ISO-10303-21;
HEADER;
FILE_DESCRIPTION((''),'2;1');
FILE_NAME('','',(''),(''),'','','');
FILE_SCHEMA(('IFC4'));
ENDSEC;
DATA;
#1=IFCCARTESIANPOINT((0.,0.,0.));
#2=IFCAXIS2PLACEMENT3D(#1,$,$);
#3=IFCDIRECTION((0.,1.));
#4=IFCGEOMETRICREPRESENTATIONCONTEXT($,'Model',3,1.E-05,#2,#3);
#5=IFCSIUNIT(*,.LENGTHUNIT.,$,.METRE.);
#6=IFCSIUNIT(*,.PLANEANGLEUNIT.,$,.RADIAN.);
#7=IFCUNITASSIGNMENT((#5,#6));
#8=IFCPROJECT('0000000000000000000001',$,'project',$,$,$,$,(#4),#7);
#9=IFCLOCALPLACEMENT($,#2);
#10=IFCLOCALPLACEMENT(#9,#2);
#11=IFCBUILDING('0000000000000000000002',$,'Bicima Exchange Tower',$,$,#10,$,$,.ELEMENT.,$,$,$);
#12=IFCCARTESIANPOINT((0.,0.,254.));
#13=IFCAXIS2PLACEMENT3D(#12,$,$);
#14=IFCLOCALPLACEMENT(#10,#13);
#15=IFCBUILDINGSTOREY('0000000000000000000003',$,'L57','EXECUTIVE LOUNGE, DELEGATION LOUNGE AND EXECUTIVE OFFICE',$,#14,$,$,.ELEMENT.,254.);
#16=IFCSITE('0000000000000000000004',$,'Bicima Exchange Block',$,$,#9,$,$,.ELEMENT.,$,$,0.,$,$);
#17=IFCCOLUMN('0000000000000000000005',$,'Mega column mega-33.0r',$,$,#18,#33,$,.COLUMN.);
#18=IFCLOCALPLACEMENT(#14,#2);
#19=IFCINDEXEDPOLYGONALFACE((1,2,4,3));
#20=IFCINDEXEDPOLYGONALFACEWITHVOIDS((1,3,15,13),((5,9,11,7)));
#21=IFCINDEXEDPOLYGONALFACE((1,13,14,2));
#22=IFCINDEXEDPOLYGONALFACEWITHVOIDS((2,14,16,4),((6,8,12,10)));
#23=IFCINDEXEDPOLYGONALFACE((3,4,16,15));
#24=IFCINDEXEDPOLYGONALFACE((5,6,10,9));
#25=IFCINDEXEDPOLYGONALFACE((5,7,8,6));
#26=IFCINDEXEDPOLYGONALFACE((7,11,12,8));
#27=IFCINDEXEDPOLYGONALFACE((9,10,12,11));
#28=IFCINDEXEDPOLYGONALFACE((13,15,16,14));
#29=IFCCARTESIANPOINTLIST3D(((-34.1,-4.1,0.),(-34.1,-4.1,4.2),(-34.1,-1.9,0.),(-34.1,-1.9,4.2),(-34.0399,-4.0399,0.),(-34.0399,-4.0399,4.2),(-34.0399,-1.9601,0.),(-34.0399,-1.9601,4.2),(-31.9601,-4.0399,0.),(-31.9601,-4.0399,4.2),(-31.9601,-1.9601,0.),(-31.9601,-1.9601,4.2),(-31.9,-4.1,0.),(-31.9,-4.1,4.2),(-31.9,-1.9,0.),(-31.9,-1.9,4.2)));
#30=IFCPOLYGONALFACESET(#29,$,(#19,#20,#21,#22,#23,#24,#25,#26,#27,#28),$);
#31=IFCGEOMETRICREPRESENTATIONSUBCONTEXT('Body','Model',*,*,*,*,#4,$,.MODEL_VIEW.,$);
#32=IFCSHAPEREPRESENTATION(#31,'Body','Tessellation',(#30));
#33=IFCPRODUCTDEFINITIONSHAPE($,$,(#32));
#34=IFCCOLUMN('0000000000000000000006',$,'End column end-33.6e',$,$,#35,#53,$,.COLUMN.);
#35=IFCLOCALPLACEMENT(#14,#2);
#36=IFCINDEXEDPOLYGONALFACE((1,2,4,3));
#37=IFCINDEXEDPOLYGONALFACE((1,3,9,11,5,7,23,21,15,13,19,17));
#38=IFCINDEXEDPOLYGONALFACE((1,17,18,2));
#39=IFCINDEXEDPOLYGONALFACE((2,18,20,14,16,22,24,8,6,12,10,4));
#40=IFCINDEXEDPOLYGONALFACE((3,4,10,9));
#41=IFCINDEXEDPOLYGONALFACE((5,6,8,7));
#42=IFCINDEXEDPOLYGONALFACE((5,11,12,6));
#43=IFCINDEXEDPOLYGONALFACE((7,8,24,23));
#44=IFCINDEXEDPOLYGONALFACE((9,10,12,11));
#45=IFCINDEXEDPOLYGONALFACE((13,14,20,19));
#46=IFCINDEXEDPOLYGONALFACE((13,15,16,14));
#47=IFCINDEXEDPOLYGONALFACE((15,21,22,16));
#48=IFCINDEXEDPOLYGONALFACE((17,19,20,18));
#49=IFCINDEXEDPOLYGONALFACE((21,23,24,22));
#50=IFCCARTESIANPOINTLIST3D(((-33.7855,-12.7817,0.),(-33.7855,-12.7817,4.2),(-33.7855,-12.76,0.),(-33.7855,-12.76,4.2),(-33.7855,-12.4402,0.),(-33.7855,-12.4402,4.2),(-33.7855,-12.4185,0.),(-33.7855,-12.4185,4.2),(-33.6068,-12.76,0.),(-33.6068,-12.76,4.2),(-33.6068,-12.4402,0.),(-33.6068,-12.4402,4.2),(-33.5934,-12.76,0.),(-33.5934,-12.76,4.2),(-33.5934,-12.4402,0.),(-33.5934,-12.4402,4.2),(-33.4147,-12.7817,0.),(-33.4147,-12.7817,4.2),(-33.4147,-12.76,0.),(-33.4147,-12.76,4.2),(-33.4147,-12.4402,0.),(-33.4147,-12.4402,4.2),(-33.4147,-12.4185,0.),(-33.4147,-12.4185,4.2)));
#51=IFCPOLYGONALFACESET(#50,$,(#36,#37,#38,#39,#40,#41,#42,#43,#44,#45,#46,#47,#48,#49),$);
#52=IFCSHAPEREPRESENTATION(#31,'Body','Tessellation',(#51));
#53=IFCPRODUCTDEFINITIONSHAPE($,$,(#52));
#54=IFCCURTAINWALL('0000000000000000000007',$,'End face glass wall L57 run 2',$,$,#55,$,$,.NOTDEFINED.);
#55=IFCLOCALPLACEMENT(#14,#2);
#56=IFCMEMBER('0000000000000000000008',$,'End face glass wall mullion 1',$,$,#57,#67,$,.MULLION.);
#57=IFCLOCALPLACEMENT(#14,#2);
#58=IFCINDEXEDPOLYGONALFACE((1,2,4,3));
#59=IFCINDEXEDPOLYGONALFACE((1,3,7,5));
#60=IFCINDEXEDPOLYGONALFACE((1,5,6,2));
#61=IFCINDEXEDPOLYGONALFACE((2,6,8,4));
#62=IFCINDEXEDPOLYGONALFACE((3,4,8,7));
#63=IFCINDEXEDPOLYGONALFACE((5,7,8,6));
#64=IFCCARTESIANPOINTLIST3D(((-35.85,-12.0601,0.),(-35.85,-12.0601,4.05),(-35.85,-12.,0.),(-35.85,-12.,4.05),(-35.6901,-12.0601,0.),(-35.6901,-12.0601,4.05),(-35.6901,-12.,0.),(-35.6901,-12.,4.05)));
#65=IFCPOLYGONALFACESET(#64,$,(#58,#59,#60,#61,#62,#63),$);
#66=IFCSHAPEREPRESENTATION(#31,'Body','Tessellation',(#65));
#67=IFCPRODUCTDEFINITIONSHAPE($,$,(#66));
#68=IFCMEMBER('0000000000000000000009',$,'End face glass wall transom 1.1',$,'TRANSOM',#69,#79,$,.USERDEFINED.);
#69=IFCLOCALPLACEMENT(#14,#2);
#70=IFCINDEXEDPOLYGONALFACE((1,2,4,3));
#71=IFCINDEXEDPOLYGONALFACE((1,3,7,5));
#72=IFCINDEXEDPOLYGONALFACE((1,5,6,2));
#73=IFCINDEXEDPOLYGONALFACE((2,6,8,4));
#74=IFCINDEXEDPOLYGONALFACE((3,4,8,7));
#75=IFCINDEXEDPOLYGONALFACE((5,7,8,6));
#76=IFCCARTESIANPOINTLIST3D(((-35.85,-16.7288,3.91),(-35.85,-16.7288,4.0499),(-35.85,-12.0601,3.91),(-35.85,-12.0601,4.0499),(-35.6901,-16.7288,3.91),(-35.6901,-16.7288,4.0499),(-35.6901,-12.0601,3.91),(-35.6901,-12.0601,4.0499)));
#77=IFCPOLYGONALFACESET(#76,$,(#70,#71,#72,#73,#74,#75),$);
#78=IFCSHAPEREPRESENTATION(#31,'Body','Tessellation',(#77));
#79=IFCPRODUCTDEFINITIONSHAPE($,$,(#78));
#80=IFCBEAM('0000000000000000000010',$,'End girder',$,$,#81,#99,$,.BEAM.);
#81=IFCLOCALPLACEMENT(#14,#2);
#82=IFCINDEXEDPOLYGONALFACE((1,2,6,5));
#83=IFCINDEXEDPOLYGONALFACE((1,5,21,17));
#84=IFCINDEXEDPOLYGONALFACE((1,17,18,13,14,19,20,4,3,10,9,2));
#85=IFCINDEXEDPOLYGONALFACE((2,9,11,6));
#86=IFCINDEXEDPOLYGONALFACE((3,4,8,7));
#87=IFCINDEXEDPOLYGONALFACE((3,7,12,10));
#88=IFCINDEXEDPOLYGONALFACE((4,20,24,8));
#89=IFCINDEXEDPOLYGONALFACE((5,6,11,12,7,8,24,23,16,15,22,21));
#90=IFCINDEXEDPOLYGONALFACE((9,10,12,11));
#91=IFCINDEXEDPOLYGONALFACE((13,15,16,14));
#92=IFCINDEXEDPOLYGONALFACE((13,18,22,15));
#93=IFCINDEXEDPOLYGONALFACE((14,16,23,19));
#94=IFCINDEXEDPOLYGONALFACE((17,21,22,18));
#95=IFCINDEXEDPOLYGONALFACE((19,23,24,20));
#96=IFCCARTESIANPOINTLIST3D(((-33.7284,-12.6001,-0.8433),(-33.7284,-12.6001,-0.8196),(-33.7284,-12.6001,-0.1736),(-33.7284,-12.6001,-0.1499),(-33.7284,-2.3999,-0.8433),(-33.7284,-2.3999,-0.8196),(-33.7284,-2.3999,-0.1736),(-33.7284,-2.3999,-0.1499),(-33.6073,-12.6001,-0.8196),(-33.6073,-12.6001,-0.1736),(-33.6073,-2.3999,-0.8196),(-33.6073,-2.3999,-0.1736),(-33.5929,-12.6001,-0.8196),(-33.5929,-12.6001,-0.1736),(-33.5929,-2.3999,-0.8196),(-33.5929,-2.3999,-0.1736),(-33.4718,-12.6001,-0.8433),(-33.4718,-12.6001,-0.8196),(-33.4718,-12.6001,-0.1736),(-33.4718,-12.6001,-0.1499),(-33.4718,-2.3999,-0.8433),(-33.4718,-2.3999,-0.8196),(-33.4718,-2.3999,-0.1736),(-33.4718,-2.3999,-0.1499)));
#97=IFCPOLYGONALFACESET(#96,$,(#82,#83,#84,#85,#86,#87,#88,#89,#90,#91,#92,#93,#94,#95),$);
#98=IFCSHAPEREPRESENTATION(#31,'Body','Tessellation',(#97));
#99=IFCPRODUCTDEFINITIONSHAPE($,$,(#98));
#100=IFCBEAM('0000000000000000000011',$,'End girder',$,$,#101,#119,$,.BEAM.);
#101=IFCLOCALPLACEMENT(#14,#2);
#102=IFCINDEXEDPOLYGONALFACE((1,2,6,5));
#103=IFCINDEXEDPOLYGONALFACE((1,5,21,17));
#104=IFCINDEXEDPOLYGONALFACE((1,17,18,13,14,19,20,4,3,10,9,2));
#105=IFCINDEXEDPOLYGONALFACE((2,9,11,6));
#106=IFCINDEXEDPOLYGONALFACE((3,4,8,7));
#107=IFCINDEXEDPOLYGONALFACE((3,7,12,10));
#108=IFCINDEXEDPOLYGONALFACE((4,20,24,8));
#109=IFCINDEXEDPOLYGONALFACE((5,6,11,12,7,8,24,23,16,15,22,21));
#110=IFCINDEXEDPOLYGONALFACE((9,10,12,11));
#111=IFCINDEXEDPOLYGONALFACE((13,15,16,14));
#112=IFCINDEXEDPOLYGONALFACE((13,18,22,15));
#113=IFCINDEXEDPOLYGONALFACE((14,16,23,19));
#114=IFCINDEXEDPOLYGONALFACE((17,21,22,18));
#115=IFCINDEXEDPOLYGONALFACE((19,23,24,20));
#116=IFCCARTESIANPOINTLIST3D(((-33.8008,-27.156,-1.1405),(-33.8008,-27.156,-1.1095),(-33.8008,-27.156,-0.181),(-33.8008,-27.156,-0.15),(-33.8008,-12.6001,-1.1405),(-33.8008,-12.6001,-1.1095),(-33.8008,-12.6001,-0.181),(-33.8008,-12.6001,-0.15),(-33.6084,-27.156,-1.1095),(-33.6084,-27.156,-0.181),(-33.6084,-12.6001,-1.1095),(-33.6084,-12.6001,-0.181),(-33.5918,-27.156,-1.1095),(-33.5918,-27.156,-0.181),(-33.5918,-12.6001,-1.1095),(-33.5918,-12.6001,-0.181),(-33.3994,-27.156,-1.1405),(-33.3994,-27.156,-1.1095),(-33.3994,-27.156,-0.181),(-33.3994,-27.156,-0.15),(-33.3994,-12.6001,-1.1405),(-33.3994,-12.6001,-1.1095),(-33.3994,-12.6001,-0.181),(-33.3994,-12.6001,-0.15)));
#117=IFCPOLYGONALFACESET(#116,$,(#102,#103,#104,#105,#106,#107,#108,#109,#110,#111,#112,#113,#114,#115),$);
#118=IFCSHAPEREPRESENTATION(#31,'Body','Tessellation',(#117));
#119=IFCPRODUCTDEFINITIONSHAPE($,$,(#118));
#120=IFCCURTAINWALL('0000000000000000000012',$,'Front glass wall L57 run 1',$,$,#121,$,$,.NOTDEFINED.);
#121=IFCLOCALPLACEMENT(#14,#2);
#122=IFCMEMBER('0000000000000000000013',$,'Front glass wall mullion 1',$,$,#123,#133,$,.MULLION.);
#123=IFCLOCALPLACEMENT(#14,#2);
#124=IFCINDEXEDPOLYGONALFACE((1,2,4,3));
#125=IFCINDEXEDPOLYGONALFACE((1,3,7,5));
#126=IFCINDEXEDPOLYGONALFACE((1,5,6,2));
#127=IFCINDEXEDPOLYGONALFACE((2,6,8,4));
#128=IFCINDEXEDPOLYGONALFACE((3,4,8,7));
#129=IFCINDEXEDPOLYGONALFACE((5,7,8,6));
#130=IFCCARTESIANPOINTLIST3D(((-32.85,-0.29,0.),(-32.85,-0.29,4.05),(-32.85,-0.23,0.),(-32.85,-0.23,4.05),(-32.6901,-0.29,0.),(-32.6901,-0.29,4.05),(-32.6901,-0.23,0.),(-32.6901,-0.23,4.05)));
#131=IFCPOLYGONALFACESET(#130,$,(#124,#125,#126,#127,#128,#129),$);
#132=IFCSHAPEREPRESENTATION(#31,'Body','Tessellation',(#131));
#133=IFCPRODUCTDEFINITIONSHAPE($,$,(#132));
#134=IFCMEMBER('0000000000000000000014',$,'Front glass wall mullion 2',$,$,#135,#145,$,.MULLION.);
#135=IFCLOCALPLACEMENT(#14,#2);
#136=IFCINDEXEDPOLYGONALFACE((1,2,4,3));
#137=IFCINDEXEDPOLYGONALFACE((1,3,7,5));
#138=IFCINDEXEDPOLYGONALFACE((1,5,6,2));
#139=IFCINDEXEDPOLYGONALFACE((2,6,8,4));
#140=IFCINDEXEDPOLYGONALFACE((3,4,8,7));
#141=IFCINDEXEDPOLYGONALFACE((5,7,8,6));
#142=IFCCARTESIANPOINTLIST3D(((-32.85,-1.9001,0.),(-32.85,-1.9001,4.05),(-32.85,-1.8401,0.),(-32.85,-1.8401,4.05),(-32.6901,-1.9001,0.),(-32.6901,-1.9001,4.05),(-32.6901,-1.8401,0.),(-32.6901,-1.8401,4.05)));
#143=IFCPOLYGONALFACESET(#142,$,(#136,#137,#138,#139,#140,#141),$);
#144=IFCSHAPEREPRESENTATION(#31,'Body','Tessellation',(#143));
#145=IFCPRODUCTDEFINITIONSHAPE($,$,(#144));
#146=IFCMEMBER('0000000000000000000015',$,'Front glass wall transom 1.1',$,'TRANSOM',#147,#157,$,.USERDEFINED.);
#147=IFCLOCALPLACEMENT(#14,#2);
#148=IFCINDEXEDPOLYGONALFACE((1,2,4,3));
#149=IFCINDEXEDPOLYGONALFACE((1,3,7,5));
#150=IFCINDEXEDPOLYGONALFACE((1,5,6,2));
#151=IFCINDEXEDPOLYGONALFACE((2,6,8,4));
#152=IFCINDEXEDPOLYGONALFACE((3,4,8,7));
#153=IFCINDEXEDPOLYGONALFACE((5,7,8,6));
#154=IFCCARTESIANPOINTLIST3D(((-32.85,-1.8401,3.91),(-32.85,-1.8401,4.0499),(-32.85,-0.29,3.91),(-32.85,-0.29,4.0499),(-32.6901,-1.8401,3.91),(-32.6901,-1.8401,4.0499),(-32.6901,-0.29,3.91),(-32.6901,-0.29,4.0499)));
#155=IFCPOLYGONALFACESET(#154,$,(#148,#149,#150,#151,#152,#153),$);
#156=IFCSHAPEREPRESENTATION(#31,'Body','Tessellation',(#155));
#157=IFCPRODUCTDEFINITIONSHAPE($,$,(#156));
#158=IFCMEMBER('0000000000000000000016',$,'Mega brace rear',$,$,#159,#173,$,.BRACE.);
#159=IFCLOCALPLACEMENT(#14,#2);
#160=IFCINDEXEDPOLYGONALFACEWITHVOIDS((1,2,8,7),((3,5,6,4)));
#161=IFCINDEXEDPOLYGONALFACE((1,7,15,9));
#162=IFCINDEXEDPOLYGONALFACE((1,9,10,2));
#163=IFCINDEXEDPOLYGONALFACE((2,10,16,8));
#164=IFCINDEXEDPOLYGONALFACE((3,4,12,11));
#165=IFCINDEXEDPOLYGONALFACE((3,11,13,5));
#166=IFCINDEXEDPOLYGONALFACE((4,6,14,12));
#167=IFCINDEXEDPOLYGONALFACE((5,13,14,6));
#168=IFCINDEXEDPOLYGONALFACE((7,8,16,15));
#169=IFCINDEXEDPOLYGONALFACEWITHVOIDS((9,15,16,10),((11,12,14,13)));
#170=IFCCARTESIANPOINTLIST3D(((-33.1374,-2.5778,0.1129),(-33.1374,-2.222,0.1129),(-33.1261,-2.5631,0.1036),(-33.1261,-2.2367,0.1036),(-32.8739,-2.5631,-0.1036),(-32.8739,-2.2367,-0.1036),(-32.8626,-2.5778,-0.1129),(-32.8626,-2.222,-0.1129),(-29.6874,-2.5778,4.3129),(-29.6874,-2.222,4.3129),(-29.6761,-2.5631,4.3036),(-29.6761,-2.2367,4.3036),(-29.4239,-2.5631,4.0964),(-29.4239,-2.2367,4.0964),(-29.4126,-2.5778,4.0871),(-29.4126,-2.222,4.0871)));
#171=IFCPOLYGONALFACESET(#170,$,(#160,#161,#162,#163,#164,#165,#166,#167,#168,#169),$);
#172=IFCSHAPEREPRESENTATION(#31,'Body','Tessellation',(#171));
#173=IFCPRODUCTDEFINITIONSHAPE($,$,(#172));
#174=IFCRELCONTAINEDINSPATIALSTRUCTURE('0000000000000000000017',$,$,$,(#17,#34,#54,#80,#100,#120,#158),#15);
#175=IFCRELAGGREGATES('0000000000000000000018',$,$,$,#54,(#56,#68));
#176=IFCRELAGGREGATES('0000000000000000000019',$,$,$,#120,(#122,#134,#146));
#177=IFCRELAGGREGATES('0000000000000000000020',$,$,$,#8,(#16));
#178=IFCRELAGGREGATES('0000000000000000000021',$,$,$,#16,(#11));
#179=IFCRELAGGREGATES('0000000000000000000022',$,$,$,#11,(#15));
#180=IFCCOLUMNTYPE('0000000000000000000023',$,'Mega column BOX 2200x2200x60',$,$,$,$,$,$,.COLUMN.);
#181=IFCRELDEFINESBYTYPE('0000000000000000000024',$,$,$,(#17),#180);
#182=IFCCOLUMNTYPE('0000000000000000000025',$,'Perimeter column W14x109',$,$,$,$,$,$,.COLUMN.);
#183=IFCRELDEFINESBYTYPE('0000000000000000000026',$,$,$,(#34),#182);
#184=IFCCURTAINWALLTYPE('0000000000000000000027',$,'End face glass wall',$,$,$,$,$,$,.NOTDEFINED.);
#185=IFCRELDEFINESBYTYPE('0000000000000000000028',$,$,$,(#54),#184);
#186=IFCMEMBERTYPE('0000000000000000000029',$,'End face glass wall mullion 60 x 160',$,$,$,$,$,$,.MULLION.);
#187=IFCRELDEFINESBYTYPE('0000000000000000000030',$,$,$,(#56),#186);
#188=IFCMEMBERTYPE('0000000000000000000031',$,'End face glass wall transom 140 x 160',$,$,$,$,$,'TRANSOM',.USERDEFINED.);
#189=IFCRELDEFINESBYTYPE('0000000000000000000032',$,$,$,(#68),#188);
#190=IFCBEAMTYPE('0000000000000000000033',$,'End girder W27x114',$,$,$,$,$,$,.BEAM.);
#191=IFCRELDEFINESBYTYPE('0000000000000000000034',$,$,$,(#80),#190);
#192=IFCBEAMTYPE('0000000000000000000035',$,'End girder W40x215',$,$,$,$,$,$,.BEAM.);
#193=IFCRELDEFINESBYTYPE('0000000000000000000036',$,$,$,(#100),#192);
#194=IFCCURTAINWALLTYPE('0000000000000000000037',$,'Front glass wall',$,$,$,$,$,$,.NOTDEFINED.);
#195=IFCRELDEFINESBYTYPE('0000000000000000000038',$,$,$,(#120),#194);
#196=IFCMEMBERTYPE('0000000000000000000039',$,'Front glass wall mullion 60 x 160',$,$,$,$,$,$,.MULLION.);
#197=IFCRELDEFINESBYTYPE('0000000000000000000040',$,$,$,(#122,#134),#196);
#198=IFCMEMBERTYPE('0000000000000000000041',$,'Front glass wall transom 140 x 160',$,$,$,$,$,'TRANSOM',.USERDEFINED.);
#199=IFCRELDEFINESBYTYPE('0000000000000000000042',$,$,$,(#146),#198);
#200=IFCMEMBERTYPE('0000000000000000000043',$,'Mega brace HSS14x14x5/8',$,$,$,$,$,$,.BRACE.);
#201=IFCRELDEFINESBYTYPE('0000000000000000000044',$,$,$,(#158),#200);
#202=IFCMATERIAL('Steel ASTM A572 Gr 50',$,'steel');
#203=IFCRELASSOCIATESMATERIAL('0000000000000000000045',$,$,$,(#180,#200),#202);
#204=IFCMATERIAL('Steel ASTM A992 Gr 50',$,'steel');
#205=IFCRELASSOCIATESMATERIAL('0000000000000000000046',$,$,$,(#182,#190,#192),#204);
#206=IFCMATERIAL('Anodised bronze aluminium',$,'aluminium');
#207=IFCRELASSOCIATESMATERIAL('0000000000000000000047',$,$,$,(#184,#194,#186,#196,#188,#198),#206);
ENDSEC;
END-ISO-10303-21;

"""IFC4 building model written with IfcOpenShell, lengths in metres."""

from ifc_helpers import new_model, si_unit, direction, frame, origin, origin_2d, place, context, subcontext, project, spatial, rectangle, hollow_rectangle, i_section, extrude, material, material_profile, profile_set, type_object, element, aggregate, save


model = new_model("IFC4")

# Units and contexts
model_context = context("Model", 3, precision=1e-05, world=origin(), true_north=direction((0.0, 1.0)))
body_context = subcontext(model_context, "Body", "Model", "MODEL_VIEW")
ifc_project = project(units=[si_unit("LENGTHUNIT", "METRE"), si_unit("PLANEANGLEUNIT", "RADIAN")], contexts=[model_context])

# Site, building, storey
site_placement = place(None, origin())
site = spatial("IfcSite", under=ifc_project, at=site_placement, Name="Bicima Exchange Block", CompositionType="ELEMENT", RefElevation=0.0)
building_placement = place(site_placement, origin())
building = spatial("IfcBuilding", under=site, at=building_placement, Name="Bicima Exchange Tower", CompositionType="ELEMENT")
storey_placement = place(building_placement, frame((0.0, 0.0, 254.0)))
storey = spatial("IfcBuildingStorey", under=building, at=storey_placement, Name="L57", Description="EXECUTIVE LOUNGE, DELEGATION LOUNGE AND EXECUTIVE OFFICE", CompositionType="ELEMENT", Elevation=254.0)

# Columns
ifc_material_1 = material(Name="Steel ASTM A572 Gr 50", Category="steel")
ifc_material_profile_1 = material_profile(ifc_material_1, hollow_rectangle(XDim=2.2, YDim=2.2, WallThickness=0.0601, at=origin_2d()))
ifc_profile_set_1 = profile_set([ifc_material_profile_1], Name="Steel ASTM A572 Gr 50")
column_type_1 = type_object("IfcColumnType", Name="Mega column BOX 2200x2200x60", PredefinedType="COLUMN", material=ifc_profile_set_1)
column_1_placement = place(storey_placement, frame((-33.0, -3.0, 0.0), z_axis=(0.0, 0.0, 1.0), x_axis=(1.0, 0.0, 0.0)))
element("IfcColumn", 1, at=column_1_placement, inside=storey, type_object=column_type_1, Name="Mega column mega-33.0r", PredefinedType="COLUMN", context=body_context, shape_type="SweptSolid", body=[
    extrude(hollow_rectangle(XDim=2.2, YDim=2.2, WallThickness=0.0601, at=origin_2d()), origin(), (0.0, 0.0, 1.0), 4.2),
])
ifc_material_2 = material(Name="Steel ASTM A992 Gr 50", Category="steel")
ifc_material_profile_2 = material_profile(ifc_material_2, i_section(OverallWidth=0.3708, OverallDepth=0.3633, WebThickness=0.0134, FlangeThickness=0.0217, at=origin_2d()))
ifc_profile_set_2 = profile_set([ifc_material_profile_2], Name="Steel ASTM A992 Gr 50")
column_type_2 = type_object("IfcColumnType", Name="Perimeter column W14x109", PredefinedType="COLUMN", material=ifc_profile_set_2)
column_2_placement = place(storey_placement, frame((-33.6001, -12.6001, 0.0), z_axis=(0.0, 0.0, 1.0), x_axis=(1.0, 0.0, 0.0)))
element("IfcColumn", 2, at=column_2_placement, inside=storey, type_object=column_type_2, Name="End column end-33.6e", PredefinedType="COLUMN", context=body_context, shape_type="SweptSolid", body=[
    extrude(i_section(OverallWidth=0.3708, OverallDepth=0.3633, WebThickness=0.0134, FlangeThickness=0.0217, at=origin_2d()), origin(), (0.0, 0.0, 1.0), 4.2),
])

# Curtain wall, members
ifc_material_3 = material(Name="Anodised bronze aluminium", Category="aluminium")
curtain_wall_type_1 = type_object("IfcCurtainWallType", Name="End face glass wall", PredefinedType="NOTDEFINED", material=ifc_material_3)
curtain_wall_1_placement = place(storey_placement, origin())
curtain_wall_1 = element("IfcCurtainWall", 3, at=curtain_wall_1_placement, inside=storey, type_object=curtain_wall_type_1, Name="End face glass wall L57 run 2", PredefinedType="NOTDEFINED")
ifc_material_profile_3 = material_profile(ifc_material_3, rectangle(XDim=0.1599, YDim=0.0601, at=origin_2d()))
ifc_profile_set_3 = profile_set([ifc_material_profile_3], Name="Anodised bronze aluminium")
member_type_1 = type_object("IfcMemberType", Name="End face glass wall mullion 60 x 160", PredefinedType="MULLION", material=ifc_profile_set_3)
member_1_placement = place(storey_placement, frame((-35.77, -12.03, 0.0), z_axis=(0.0, 0.0, 1.0), x_axis=(1.0, 0.0, 0.0)))
member_1 = element("IfcMember", 4, at=member_1_placement, type_object=member_type_1, Name="End face glass wall mullion 1", PredefinedType="MULLION", context=body_context, shape_type="SweptSolid", body=[
    extrude(rectangle(XDim=0.1599, YDim=0.0601, at=origin_2d()), origin(), (0.0, 0.0, 1.0), 4.05),
])
ifc_material_profile_4 = material_profile(ifc_material_3, rectangle(XDim=0.1599, YDim=0.1399, at=origin_2d()))
ifc_profile_set_4 = profile_set([ifc_material_profile_4], Name="Anodised bronze aluminium")
member_type_2 = type_object("IfcMemberType", Name="End face glass wall transom 140 x 160", ElementType="TRANSOM", PredefinedType="USERDEFINED", material=ifc_profile_set_4)
member_2_placement = place(storey_placement, frame((-35.77, -12.0601, 3.98), z_axis=(0.0, -1.0, 0.0), x_axis=(1.0, 0.0, 0.0)))
member_2 = element("IfcMember", 5, at=member_2_placement, type_object=member_type_2, Name="End face glass wall transom 1.1", ObjectType="TRANSOM", PredefinedType="USERDEFINED", context=body_context, shape_type="SweptSolid", body=[
    extrude(rectangle(XDim=0.1599, YDim=0.1399, at=origin_2d()), origin(), (0.0, 0.0, 1.0), 4.6687),
])
aggregate(curtain_wall_1, [member_1, member_2])

# Beams
ifc_material_profile_5 = material_profile(ifc_material_2, i_section(OverallWidth=0.2566, OverallDepth=0.6934, WebThickness=0.0144, FlangeThickness=0.0237, at=origin_2d()))
ifc_profile_set_5 = profile_set([ifc_material_profile_5], Name="Steel ASTM A992 Gr 50")
beam_type_1 = type_object("IfcBeamType", Name="End girder W27x114", PredefinedType="BEAM", material=ifc_profile_set_5)
beam_1_placement = place(storey_placement, frame((-33.6001, -2.3999, -0.4966), z_axis=(0.0, -1.0, 0.0), x_axis=(1.0, 0.0, 0.0)))
element("IfcBeam", 6, at=beam_1_placement, inside=storey, type_object=beam_type_1, Name="End girder", PredefinedType="BEAM", context=body_context, shape_type="SweptSolid", body=[
    extrude(i_section(OverallWidth=0.2566, OverallDepth=0.6934, WebThickness=0.0144, FlangeThickness=0.0237, at=origin_2d()), origin(), (0.0, 0.0, 1.0), 10.2002),
])
ifc_material_profile_6 = material_profile(ifc_material_2, i_section(OverallWidth=0.4014, OverallDepth=0.9905, WebThickness=0.0166, FlangeThickness=0.031, at=origin_2d()))
ifc_profile_set_6 = profile_set([ifc_material_profile_6], Name="Steel ASTM A992 Gr 50")
beam_type_2 = type_object("IfcBeamType", Name="End girder W40x215", PredefinedType="BEAM", material=ifc_profile_set_6)
beam_2_placement = place(storey_placement, frame((-33.6001, -12.6001, -0.6453), z_axis=(0.0, -1.0, 0.0), x_axis=(1.0, 0.0, 0.0)))
element("IfcBeam", 7, at=beam_2_placement, inside=storey, type_object=beam_type_2, Name="End girder", PredefinedType="BEAM", context=body_context, shape_type="SweptSolid", body=[
    extrude(i_section(OverallWidth=0.4014, OverallDepth=0.9905, WebThickness=0.0166, FlangeThickness=0.031, at=origin_2d()), origin(), (0.0, 0.0, 1.0), 14.5559),
])

# Curtain wall, members
curtain_wall_type_2 = type_object("IfcCurtainWallType", Name="Front glass wall", PredefinedType="NOTDEFINED", material=ifc_material_3)
curtain_wall_2_placement = place(storey_placement, origin())
curtain_wall_2 = element("IfcCurtainWall", 8, at=curtain_wall_2_placement, inside=storey, type_object=curtain_wall_type_2, Name="Front glass wall L57 run 1", PredefinedType="NOTDEFINED")
member_type_3 = type_object("IfcMemberType", Name="Front glass wall mullion 60 x 160", PredefinedType="MULLION", material=ifc_profile_set_3)
member_3_placement = place(storey_placement, frame((-32.77, -0.26, 0.0), z_axis=(0.0, 0.0, 1.0), x_axis=(1.0, 0.0, 0.0)))
member_3 = element("IfcMember", 9, at=member_3_placement, type_object=member_type_3, Name="Front glass wall mullion 1", PredefinedType="MULLION", context=body_context, shape_type="SweptSolid", body=[
    extrude(rectangle(XDim=0.1599, YDim=0.0601, at=origin_2d()), origin(), (0.0, 0.0, 1.0), 4.05),
])
member_4_placement = place(storey_placement, frame((-32.77, -1.8701, 0.0), z_axis=(0.0, 0.0, 1.0), x_axis=(1.0, 0.0, 0.0)))
member_4 = element("IfcMember", 10, at=member_4_placement, type_object=member_type_3, Name="Front glass wall mullion 2", PredefinedType="MULLION", context=body_context, shape_type="SweptSolid", body=[
    extrude(rectangle(XDim=0.1599, YDim=0.0601, at=origin_2d()), origin(), (0.0, 0.0, 1.0), 4.05),
])
member_type_4 = type_object("IfcMemberType", Name="Front glass wall transom 140 x 160", ElementType="TRANSOM", PredefinedType="USERDEFINED", material=ifc_profile_set_4)
member_5_placement = place(storey_placement, frame((-32.77, -0.29, 3.98), z_axis=(0.0, -1.0, 0.0), x_axis=(1.0, 0.0, 0.0)))
member_5 = element("IfcMember", 11, at=member_5_placement, type_object=member_type_4, Name="Front glass wall transom 1.1", ObjectType="TRANSOM", PredefinedType="USERDEFINED", context=body_context, shape_type="SweptSolid", body=[
    extrude(rectangle(XDim=0.1599, YDim=0.1399, at=origin_2d()), origin(), (0.0, 0.0, 1.0), 1.55),
])

# Member
ifc_material_profile_7 = material_profile(ifc_material_1, hollow_rectangle(XDim=0.3557, YDim=0.3557, WallThickness=0.0146, at=origin_2d()))
ifc_profile_set_7 = profile_set([ifc_material_profile_7], Name="Steel ASTM A572 Gr 50")
member_type_5 = type_object("IfcMemberType", Name="Mega brace HSS14x14x5/8", PredefinedType="BRACE", material=ifc_profile_set_7)
member_6_placement = place(storey_placement, frame((-33.0, -2.3999, 0.0), z_axis=(0.634738, 0.0, 0.772727), x_axis=(0.0, 1.0, 0.0)))
element("IfcMember", 12, at=member_6_placement, inside=storey, type_object=member_type_5, Name="Mega brace rear", PredefinedType="BRACE", context=body_context, shape_type="SweptSolid", body=[
    extrude(hollow_rectangle(XDim=0.3557, YDim=0.3557, WallThickness=0.0146, at=origin_2d()), origin(), (0.0, 0.0, 1.0), 5.4353),
])

aggregate(curtain_wall_2, [member_3, member_4, member_5])

save(model, "model.ifc")
